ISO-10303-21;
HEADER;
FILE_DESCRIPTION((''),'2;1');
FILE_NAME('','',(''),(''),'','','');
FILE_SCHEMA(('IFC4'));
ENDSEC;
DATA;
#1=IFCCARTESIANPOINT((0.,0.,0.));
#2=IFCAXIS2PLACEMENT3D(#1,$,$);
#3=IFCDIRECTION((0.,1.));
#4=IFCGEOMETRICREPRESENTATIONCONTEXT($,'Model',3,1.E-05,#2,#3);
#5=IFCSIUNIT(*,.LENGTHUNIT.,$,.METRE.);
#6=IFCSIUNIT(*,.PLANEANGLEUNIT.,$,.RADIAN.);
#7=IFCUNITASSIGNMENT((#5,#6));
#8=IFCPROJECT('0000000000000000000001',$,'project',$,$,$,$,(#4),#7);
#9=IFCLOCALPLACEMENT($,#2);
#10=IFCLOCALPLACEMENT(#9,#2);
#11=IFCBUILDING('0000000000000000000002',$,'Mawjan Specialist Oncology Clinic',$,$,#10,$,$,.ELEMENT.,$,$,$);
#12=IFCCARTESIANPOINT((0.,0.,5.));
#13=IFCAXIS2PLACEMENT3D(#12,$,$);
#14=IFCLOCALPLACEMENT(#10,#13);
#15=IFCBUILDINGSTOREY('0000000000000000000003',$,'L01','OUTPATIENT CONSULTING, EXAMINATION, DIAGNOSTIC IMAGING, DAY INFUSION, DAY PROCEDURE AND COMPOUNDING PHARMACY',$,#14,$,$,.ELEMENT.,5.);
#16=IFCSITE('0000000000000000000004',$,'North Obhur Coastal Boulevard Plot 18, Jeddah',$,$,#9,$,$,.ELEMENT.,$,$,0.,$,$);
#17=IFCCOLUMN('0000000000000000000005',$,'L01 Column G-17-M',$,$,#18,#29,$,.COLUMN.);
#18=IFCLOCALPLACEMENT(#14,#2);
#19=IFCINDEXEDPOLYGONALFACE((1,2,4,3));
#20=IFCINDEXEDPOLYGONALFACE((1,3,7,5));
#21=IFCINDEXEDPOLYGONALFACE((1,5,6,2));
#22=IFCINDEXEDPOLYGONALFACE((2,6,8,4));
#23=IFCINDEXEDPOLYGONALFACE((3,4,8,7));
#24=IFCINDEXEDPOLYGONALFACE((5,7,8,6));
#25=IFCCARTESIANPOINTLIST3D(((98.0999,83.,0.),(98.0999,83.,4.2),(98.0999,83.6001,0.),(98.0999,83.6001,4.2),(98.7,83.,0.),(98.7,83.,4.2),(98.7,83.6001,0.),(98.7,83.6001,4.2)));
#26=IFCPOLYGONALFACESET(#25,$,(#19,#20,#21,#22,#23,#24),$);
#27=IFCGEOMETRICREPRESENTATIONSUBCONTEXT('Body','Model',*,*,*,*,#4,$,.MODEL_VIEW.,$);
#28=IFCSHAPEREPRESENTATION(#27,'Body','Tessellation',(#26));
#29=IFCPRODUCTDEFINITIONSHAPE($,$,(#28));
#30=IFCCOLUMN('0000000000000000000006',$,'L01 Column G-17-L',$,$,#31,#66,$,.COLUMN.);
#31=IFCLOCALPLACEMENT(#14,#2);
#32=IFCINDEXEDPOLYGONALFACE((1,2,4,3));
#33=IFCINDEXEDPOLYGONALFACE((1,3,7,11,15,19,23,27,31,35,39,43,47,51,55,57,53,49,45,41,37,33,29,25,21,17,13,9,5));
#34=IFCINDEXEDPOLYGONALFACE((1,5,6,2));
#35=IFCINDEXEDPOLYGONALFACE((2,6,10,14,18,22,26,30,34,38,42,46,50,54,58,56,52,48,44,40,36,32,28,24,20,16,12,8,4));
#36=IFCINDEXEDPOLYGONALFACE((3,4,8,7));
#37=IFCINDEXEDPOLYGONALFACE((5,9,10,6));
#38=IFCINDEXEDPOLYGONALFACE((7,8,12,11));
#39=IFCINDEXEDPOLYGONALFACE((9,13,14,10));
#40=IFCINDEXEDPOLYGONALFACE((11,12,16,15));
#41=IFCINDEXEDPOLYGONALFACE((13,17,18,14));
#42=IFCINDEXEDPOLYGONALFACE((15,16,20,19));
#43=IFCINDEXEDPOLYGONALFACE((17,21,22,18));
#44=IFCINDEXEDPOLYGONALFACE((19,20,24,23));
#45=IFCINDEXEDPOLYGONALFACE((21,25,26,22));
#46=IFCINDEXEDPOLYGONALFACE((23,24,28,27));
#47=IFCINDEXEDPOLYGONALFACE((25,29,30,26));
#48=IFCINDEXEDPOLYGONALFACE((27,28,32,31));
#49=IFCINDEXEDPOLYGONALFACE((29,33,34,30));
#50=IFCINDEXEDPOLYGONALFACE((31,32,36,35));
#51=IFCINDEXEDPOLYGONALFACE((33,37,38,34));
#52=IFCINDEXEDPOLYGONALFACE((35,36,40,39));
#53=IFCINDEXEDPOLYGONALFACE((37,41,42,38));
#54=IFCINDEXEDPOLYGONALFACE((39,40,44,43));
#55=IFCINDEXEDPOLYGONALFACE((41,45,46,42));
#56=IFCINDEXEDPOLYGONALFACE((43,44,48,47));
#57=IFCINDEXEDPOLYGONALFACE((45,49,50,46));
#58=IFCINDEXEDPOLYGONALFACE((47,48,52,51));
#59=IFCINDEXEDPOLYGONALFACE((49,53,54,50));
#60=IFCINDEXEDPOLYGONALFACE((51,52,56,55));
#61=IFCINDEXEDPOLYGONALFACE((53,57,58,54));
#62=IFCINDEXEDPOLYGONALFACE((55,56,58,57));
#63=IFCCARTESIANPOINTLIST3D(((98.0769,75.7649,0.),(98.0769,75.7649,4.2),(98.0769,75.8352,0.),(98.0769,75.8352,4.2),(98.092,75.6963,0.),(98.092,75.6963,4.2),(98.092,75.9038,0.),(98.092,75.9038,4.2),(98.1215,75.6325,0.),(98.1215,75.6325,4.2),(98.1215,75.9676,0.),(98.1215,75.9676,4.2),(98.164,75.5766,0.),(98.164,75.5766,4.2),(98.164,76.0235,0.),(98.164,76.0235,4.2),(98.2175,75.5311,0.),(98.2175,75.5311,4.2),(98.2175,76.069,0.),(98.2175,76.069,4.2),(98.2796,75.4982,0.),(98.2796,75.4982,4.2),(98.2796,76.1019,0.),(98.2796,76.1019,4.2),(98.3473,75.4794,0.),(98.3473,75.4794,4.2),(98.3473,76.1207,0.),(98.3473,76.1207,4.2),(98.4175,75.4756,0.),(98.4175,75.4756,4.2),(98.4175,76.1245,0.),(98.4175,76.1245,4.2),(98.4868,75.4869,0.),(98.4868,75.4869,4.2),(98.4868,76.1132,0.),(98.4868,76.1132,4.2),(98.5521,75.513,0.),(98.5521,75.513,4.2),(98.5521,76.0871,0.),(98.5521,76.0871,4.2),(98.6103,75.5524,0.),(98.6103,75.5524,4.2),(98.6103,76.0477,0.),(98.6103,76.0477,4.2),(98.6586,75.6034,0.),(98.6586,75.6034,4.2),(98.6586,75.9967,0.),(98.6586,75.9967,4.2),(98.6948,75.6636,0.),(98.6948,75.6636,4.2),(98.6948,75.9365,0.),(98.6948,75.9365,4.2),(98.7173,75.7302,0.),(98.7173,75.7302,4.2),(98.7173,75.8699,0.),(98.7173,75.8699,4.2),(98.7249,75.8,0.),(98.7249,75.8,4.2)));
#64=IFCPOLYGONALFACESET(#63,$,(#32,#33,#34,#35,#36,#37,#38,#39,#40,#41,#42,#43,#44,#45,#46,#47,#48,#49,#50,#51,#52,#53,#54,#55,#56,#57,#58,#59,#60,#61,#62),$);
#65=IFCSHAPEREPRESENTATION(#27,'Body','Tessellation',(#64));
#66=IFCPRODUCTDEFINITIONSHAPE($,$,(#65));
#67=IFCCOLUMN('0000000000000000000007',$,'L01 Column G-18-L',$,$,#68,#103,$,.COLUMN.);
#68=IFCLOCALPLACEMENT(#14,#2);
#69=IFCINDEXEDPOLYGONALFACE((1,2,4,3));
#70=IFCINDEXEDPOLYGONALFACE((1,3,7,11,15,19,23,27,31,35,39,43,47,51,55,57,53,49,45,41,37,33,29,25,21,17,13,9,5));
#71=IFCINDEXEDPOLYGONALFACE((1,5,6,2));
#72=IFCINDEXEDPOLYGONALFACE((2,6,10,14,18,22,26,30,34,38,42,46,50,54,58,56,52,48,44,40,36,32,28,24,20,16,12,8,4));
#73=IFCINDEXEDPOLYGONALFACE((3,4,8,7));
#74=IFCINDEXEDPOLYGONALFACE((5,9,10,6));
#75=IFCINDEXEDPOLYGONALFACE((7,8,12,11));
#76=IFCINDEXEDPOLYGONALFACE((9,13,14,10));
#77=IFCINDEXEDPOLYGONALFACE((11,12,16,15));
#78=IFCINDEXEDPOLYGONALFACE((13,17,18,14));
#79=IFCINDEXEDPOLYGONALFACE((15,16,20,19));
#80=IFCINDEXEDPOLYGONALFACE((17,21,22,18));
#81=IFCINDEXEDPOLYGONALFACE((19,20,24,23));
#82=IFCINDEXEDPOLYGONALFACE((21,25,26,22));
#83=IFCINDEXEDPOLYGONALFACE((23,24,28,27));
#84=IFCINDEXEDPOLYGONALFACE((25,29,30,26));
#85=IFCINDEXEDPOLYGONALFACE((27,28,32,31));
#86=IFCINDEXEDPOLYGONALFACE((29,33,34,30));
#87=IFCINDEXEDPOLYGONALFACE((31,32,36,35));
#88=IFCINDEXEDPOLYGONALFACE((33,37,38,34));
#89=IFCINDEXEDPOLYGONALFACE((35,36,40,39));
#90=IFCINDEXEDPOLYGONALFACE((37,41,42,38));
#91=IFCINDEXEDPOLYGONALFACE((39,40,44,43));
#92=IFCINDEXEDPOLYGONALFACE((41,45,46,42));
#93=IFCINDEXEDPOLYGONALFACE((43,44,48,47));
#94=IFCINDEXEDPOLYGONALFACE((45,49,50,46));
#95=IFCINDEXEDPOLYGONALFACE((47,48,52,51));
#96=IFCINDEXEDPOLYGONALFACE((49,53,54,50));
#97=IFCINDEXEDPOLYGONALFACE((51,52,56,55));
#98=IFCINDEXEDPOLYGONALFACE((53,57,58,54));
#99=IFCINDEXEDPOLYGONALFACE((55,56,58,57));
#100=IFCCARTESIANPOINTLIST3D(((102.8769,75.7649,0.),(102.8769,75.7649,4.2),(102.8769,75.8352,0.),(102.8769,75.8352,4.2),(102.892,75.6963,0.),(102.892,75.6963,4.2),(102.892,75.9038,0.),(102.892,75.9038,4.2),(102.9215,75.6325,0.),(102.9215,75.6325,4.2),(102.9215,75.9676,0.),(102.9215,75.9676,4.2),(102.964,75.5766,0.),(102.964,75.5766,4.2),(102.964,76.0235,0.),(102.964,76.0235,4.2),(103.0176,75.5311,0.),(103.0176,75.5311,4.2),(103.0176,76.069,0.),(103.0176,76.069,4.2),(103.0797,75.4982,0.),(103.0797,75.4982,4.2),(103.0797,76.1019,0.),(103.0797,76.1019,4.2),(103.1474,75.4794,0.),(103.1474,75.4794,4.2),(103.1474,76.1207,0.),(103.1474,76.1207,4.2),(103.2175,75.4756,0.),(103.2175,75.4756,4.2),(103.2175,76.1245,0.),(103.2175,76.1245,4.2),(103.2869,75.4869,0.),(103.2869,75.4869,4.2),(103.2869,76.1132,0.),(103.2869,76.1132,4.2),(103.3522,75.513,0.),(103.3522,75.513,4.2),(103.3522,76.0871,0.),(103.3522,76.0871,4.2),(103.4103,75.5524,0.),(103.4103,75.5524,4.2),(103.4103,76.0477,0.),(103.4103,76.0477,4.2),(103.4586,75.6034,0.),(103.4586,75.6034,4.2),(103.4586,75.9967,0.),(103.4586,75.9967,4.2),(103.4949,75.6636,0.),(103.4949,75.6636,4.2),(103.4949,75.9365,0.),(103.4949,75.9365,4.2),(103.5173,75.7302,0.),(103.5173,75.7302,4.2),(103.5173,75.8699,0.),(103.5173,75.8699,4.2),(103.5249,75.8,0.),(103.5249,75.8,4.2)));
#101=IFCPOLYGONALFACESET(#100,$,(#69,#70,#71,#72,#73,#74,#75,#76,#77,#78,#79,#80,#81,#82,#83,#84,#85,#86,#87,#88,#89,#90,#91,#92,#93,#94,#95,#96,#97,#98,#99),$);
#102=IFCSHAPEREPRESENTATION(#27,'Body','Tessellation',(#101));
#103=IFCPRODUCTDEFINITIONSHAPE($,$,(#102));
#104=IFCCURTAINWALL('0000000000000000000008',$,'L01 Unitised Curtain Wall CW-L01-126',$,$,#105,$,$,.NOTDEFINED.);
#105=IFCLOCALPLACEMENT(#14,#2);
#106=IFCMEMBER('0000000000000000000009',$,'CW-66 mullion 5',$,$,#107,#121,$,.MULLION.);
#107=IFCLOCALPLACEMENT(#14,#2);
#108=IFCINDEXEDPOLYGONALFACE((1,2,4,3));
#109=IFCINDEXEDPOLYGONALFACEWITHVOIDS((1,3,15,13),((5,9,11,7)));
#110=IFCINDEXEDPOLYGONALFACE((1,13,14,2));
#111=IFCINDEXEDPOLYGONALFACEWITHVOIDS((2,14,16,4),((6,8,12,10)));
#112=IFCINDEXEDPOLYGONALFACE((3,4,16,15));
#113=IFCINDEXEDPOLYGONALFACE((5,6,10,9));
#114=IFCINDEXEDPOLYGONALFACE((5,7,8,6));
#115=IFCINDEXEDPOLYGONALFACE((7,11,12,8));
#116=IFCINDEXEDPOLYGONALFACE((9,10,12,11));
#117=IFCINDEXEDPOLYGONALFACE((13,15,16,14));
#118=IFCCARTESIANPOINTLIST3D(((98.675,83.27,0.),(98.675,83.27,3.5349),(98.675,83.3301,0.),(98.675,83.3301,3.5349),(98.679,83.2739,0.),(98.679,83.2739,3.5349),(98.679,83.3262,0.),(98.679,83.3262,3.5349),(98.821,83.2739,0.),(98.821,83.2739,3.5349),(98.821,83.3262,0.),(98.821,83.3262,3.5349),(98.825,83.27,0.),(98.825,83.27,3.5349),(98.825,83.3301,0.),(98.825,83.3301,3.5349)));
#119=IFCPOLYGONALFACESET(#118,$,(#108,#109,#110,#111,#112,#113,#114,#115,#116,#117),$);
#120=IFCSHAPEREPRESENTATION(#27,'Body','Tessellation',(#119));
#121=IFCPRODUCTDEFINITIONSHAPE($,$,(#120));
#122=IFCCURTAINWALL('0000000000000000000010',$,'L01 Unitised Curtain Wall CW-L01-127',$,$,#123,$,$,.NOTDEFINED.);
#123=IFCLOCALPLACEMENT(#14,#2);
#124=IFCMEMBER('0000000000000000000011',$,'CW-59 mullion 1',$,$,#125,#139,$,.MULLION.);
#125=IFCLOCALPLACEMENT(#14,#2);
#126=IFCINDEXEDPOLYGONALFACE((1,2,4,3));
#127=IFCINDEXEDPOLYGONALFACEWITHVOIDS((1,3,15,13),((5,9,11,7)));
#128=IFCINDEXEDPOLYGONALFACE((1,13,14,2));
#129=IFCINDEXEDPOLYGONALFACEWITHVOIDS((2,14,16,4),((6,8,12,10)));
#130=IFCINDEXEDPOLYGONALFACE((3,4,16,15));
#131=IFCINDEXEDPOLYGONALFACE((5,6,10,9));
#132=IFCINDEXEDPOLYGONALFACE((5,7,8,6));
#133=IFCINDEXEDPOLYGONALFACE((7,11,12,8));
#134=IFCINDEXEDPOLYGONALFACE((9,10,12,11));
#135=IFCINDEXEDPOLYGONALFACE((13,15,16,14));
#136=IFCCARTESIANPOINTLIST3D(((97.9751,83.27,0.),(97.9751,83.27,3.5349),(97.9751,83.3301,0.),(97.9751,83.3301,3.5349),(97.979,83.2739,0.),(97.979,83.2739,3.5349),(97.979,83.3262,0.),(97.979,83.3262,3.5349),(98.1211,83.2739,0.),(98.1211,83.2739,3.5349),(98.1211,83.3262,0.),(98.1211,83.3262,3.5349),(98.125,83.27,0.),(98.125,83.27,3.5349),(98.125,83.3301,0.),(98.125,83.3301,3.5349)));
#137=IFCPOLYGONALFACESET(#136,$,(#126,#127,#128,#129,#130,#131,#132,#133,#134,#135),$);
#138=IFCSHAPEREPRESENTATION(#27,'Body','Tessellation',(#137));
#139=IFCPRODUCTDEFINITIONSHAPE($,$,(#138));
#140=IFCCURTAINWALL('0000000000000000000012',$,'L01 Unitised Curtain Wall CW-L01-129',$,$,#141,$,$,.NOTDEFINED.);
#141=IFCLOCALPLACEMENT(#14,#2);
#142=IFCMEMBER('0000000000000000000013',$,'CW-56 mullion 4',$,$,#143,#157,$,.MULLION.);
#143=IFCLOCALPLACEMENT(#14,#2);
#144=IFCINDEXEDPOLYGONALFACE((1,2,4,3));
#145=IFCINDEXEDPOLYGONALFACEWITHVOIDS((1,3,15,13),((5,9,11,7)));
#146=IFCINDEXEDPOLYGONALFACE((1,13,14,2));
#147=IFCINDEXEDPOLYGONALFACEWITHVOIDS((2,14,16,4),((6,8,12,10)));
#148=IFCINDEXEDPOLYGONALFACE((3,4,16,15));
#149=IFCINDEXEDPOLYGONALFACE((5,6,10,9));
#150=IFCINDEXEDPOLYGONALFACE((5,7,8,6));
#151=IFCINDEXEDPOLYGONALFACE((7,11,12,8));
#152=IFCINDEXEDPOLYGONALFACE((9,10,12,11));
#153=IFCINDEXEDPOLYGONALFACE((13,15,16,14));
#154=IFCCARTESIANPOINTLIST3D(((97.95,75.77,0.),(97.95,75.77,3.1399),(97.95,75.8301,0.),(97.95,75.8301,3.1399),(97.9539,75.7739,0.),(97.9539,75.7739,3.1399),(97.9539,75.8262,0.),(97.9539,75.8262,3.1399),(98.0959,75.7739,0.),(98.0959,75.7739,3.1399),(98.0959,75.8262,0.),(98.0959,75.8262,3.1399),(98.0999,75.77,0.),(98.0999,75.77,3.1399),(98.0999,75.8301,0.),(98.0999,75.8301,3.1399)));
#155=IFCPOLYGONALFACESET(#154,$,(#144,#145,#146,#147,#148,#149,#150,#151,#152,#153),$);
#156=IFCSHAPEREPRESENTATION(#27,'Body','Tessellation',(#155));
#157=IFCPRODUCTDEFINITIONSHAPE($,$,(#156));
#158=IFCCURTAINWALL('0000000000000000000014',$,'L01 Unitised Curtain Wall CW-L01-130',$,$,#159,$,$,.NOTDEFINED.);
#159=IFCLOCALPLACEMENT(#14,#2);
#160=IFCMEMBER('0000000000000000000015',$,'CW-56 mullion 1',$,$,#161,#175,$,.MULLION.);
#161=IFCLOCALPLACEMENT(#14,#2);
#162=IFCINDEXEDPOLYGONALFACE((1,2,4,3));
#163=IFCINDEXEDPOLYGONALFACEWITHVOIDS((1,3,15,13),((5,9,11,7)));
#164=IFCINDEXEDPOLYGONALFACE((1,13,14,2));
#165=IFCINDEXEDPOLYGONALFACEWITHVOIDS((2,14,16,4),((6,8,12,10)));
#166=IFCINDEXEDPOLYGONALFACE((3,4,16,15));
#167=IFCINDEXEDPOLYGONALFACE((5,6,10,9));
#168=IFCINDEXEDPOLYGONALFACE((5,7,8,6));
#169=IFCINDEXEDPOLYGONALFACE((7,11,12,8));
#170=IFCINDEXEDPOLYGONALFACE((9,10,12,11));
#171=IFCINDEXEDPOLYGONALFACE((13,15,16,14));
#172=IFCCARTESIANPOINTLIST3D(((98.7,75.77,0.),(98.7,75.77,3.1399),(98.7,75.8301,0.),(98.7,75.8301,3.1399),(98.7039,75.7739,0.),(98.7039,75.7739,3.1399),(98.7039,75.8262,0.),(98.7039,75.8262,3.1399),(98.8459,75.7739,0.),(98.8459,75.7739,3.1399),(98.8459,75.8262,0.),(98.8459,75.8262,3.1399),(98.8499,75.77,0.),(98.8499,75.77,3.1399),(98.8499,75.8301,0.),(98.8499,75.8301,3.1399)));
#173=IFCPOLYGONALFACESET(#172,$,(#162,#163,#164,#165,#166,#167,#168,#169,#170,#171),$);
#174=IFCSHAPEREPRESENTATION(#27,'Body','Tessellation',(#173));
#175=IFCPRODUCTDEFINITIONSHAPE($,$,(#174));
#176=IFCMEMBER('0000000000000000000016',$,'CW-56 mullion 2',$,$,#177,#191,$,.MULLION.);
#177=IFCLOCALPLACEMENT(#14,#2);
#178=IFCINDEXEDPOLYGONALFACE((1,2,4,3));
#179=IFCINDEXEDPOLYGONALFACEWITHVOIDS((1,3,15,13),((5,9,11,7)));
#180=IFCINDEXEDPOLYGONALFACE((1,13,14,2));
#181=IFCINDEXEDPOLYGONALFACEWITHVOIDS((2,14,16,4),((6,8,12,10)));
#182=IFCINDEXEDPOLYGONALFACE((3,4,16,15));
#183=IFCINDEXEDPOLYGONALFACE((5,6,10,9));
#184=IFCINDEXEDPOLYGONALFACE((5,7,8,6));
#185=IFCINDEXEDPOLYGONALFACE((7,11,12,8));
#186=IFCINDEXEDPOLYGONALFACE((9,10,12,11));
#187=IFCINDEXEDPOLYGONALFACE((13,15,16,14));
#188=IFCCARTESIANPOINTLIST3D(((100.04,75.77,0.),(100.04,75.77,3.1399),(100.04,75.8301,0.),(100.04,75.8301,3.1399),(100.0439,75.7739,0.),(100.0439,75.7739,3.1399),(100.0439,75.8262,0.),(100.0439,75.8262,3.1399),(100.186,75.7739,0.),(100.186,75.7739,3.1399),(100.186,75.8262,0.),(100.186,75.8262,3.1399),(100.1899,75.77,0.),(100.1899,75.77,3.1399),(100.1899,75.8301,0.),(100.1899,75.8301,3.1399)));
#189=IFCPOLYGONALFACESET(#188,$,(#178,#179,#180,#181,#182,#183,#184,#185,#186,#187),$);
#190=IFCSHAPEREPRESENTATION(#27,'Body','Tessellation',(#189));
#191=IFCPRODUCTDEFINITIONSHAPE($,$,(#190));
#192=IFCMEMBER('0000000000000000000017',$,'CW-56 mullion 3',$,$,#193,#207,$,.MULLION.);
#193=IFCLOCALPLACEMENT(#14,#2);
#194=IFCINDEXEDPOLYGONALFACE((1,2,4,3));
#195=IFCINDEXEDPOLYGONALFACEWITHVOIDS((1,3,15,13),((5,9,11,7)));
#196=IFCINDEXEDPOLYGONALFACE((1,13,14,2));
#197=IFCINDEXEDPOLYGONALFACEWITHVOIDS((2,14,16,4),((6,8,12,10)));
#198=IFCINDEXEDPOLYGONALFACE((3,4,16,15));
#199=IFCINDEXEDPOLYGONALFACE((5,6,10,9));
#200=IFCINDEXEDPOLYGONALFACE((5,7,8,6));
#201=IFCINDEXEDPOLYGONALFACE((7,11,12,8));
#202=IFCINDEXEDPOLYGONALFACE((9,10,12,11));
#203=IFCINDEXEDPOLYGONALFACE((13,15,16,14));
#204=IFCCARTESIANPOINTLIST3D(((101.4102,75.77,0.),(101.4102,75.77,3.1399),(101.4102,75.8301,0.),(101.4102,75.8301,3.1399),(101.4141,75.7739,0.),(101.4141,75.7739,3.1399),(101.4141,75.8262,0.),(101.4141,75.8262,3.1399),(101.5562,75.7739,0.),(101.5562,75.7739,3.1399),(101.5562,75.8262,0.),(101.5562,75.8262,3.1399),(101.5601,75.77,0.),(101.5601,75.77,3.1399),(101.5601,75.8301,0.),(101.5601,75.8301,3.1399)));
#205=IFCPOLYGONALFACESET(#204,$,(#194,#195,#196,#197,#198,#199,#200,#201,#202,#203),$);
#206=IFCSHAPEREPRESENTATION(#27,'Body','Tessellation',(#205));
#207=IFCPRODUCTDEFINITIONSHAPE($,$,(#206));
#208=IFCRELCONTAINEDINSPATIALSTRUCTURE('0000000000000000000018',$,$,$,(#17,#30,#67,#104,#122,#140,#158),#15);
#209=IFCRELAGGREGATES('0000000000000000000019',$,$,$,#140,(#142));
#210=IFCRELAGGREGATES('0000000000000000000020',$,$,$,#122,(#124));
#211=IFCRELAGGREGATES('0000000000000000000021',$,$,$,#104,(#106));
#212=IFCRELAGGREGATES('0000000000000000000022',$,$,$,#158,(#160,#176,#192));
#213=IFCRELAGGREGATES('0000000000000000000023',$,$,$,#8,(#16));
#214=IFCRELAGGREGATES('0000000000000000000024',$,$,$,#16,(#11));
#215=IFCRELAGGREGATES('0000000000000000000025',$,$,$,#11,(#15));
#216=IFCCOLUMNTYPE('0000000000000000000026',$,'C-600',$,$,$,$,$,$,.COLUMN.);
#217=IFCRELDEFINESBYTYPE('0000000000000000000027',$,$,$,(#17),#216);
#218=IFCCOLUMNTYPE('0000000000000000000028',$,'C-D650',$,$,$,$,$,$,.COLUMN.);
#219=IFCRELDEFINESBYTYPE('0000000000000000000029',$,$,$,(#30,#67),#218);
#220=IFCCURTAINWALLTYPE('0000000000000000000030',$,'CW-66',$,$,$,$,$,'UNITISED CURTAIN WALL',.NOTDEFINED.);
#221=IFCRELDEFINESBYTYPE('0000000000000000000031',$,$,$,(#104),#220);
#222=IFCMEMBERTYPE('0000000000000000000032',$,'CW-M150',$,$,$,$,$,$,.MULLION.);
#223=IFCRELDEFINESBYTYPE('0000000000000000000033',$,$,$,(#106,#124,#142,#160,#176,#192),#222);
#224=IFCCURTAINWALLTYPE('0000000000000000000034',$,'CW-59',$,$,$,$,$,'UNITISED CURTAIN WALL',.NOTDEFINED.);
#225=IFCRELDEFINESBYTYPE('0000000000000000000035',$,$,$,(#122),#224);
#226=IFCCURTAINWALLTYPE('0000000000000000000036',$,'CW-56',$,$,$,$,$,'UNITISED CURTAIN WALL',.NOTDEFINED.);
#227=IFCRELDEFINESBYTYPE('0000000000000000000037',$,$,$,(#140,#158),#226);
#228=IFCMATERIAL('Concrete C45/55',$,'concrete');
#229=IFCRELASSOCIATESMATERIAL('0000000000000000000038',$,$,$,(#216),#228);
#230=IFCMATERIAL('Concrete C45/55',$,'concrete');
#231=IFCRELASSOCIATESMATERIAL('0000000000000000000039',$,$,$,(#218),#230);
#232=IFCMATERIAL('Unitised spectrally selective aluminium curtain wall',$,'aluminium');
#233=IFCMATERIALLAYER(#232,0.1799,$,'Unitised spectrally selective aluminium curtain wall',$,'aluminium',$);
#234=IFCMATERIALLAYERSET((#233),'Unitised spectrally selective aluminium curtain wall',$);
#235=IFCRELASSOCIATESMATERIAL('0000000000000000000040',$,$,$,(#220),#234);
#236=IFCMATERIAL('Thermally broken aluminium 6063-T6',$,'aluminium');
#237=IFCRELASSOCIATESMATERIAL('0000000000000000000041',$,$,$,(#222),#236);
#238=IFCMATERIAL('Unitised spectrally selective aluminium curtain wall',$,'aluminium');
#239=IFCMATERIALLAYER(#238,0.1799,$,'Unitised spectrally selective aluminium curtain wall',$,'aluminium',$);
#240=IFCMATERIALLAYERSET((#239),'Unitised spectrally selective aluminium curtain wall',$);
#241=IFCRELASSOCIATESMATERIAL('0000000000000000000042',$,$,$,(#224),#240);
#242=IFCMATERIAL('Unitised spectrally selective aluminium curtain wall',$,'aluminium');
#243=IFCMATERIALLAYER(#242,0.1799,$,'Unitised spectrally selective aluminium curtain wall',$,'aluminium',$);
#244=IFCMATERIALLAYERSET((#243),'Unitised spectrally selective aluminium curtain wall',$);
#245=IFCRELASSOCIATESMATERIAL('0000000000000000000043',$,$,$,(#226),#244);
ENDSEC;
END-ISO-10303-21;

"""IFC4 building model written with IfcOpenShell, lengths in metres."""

from ifc_helpers import new_model, si_unit, direction, frame, origin, origin_2d, place, context, subcontext, project, spatial, rectangle, hollow_rectangle, circle, extrude, material, layer, layer_set, material_profile, profile_set, type_object, element, aggregate, save


model = new_model("IFC4")

# Units and contexts
model_context = context("Model", 3, precision=1e-05, world=origin(), true_north=direction((0.0, 1.0)))
body_context = subcontext(model_context, "Body", "Model", "MODEL_VIEW")
ifc_project = project(units=[si_unit("LENGTHUNIT", "METRE"), si_unit("PLANEANGLEUNIT", "RADIAN")], contexts=[model_context])

# Site, building, storey
site_placement = place(None, origin())
site = spatial("IfcSite", under=ifc_project, at=site_placement, Name="North Obhur Coastal Boulevard Plot 18, Jeddah", CompositionType="ELEMENT", RefElevation=0.0)
building_placement = place(site_placement, origin())
building = spatial("IfcBuilding", under=site, at=building_placement, Name="Mawjan Specialist Oncology Clinic", CompositionType="ELEMENT")
storey_placement = place(building_placement, frame((0.0, 0.0, 5.0)))
storey = spatial("IfcBuildingStorey", under=building, at=storey_placement, Name="L01", Description="OUTPATIENT CONSULTING, EXAMINATION, DIAGNOSTIC IMAGING, DAY INFUSION, DAY PROCEDURE AND COMPOUNDING PHARMACY", CompositionType="ELEMENT", Elevation=5.0)

# Columns
ifc_material_1 = material(Name="Concrete C45/55", Category="concrete")
ifc_material_profile_1 = material_profile(ifc_material_1, rectangle(XDim=0.6001, YDim=0.6001, at=origin_2d()), Name="RC COL 600x600", Category="concrete")
ifc_profile_set_1 = profile_set([ifc_material_profile_1], Name="Concrete C45/55")
column_type_1 = type_object("IfcColumnType", Name="C-600", PredefinedType="COLUMN", material=ifc_profile_set_1)
column_placement = place(storey_placement, frame((98.3999, 83.3, 0.0), z_axis=(0.0, 0.0, 1.0), x_axis=(1.0, 0.0, 0.0)))
element("IfcColumn", 1, at=column_placement, inside=storey, type_object=column_type_1, Name="L01 Column G-17-M", PredefinedType="COLUMN", context=body_context, shape_type="SweptSolid", body=[
    extrude(rectangle(XDim=0.6001, YDim=0.6001, at=origin_2d()), origin(), (0.0, 0.0, 1.0), 4.2),
])
ifc_material_2 = material(Name="Concrete C45/55", Category="concrete")
ifc_material_profile_2 = material_profile(ifc_material_2, circle(Radius=0.325, at=origin_2d()), Name="RC COL D650", Category="concrete")
ifc_profile_set_2 = profile_set([ifc_material_profile_2], Name="Concrete C45/55")
column_type_2 = type_object("IfcColumnType", Name="C-D650", PredefinedType="COLUMN", material=ifc_profile_set_2)
for number, where, z_axis, x_axis, name in (
    (2, (98.3999, 75.8, 0.0), (0.0, 0.0, 1.0), (1.0, 0.0, 0.0), "L01 Column G-17-L"),
    (3, (103.2, 75.8, 0.0), (0.0, 0.0, 1.0), (1.0, 0.0, 0.0), "L01 Column G-18-L"),
):
    element("IfcColumn", number, at=place(storey_placement, frame(where, z_axis=z_axis, x_axis=x_axis)), inside=storey, type_object=column_type_2, Name=name, PredefinedType="COLUMN", context=body_context, shape_type="SweptSolid", body=[
        extrude(circle(Radius=0.325, at=origin_2d()), origin(), (0.0, 0.0, 1.0), 4.2),
    ])

# Curtain walls, members
ifc_material_3 = material(Name="Unitised spectrally selective aluminium curtain wall", Category="aluminium")
ifc_layer_1 = layer(ifc_material_3, 0.1799, Name="Unitised spectrally selective aluminium curtain wall", Category="aluminium")
ifc_layer_set_1 = layer_set([ifc_layer_1], Name="Unitised spectrally selective aluminium curtain wall")
curtain_wall_type_1 = type_object("IfcCurtainWallType", Name="CW-66", ElementType="UNITISED CURTAIN WALL", PredefinedType="NOTDEFINED", material=ifc_layer_set_1)
curtain_wall_1_placement = place(storey_placement, origin())
curtain_wall_1 = element("IfcCurtainWall", 4, at=curtain_wall_1_placement, inside=storey, type_object=curtain_wall_type_1, Name="L01 Unitised Curtain Wall CW-L01-126", PredefinedType="NOTDEFINED")
ifc_material_4 = material(Name="Thermally broken aluminium 6063-T6", Category="aluminium")
ifc_material_profile_3 = material_profile(ifc_material_4, hollow_rectangle(XDim=0.0601, YDim=0.1499, WallThickness=0.0039, at=origin_2d()), Name="ALU MULLION 150x60x4", Category="aluminium")
ifc_profile_set_3 = profile_set([ifc_material_profile_3], Name="Thermally broken aluminium 6063-T6")
member_type_1 = type_object("IfcMemberType", Name="CW-M150", PredefinedType="MULLION", material=ifc_profile_set_3)
member_1_placement = place(storey_placement, frame((98.75, 83.3, 0.0), z_axis=(0.0, 0.0, 1.0), x_axis=(0.0, -1.0, 0.0)))
member_1 = element("IfcMember", 5, at=member_1_placement, type_object=member_type_1, Name="CW-66 mullion 5", PredefinedType="MULLION", context=body_context, shape_type="SweptSolid", body=[
    extrude(hollow_rectangle(XDim=0.0601, YDim=0.1499, WallThickness=0.0039, at=origin_2d()), origin(), (0.0, 0.0, 1.0), 3.5349),
])
ifc_material_5 = material(Name="Unitised spectrally selective aluminium curtain wall", Category="aluminium")
ifc_layer_2 = layer(ifc_material_5, 0.1799, Name="Unitised spectrally selective aluminium curtain wall", Category="aluminium")
ifc_layer_set_2 = layer_set([ifc_layer_2], Name="Unitised spectrally selective aluminium curtain wall")
curtain_wall_type_2 = type_object("IfcCurtainWallType", Name="CW-59", ElementType="UNITISED CURTAIN WALL", PredefinedType="NOTDEFINED", material=ifc_layer_set_2)
curtain_wall_2_placement = place(storey_placement, origin())
curtain_wall_2 = element("IfcCurtainWall", 6, at=curtain_wall_2_placement, inside=storey, type_object=curtain_wall_type_2, Name="L01 Unitised Curtain Wall CW-L01-127", PredefinedType="NOTDEFINED")
member_2_placement = place(storey_placement, frame((98.05, 83.3, 0.0), z_axis=(0.0, 0.0, 1.0), x_axis=(0.0, -1.0, 0.0)))
member_2 = element("IfcMember", 7, at=member_2_placement, type_object=member_type_1, Name="CW-59 mullion 1", PredefinedType="MULLION", context=body_context, shape_type="SweptSolid", body=[
    extrude(hollow_rectangle(XDim=0.0601, YDim=0.1499, WallThickness=0.0039, at=origin_2d()), origin(), (0.0, 0.0, 1.0), 3.5349),
])
ifc_material_6 = material(Name="Unitised spectrally selective aluminium curtain wall", Category="aluminium")
ifc_layer_3 = layer(ifc_material_6, 0.1799, Name="Unitised spectrally selective aluminium curtain wall", Category="aluminium")
ifc_layer_set_3 = layer_set([ifc_layer_3], Name="Unitised spectrally selective aluminium curtain wall")
curtain_wall_type_3 = type_object("IfcCurtainWallType", Name="CW-56", ElementType="UNITISED CURTAIN WALL", PredefinedType="NOTDEFINED", material=ifc_layer_set_3)
curtain_wall_3_placement = place(storey_placement, origin())
curtain_wall_3 = element("IfcCurtainWall", 8, at=curtain_wall_3_placement, inside=storey, type_object=curtain_wall_type_3, Name="L01 Unitised Curtain Wall CW-L01-129", PredefinedType="NOTDEFINED")
member_3_placement = place(storey_placement, frame((98.0249, 75.8, 0.0), z_axis=(0.0, 0.0, 1.0), x_axis=(0.0, 1.0, 0.0)))
member_3 = element("IfcMember", 9, at=member_3_placement, type_object=member_type_1, Name="CW-56 mullion 4", PredefinedType="MULLION", context=body_context, shape_type="SweptSolid", body=[
    extrude(hollow_rectangle(XDim=0.0601, YDim=0.1499, WallThickness=0.0039, at=origin_2d()), origin(), (0.0, 0.0, 1.0), 3.1399),
])
aggregate(curtain_wall_3, [member_3])

# Curtain wall, members
curtain_wall_4_placement = place(storey_placement, origin())
curtain_wall_4 = element("IfcCurtainWall", 10, at=curtain_wall_4_placement, inside=storey, type_object=curtain_wall_type_3, Name="L01 Unitised Curtain Wall CW-L01-130", PredefinedType="NOTDEFINED")
member_4_placement = place(storey_placement, frame((98.7749, 75.8, 0.0), z_axis=(0.0, 0.0, 1.0), x_axis=(0.0, 1.0, 0.0)))
member_4 = element("IfcMember", 11, at=member_4_placement, type_object=member_type_1, Name="CW-56 mullion 1", PredefinedType="MULLION", context=body_context, shape_type="SweptSolid", body=[
    extrude(hollow_rectangle(XDim=0.0601, YDim=0.1499, WallThickness=0.0039, at=origin_2d()), origin(), (0.0, 0.0, 1.0), 3.1399),
])
member_5_placement = place(storey_placement, frame((100.115, 75.8, 0.0), z_axis=(0.0, 0.0, 1.0), x_axis=(0.0, 1.0, 0.0)))
member_5 = element("IfcMember", 12, at=member_5_placement, type_object=member_type_1, Name="CW-56 mullion 2", PredefinedType="MULLION", context=body_context, shape_type="SweptSolid", body=[
    extrude(hollow_rectangle(XDim=0.0601, YDim=0.1499, WallThickness=0.0039, at=origin_2d()), origin(), (0.0, 0.0, 1.0), 3.1399),
])
member_6_placement = place(storey_placement, frame((101.4851, 75.8, 0.0), z_axis=(0.0, 0.0, 1.0), x_axis=(0.0, 1.0, 0.0)))
member_6 = element("IfcMember", 13, at=member_6_placement, type_object=member_type_1, Name="CW-56 mullion 3", PredefinedType="MULLION", context=body_context, shape_type="SweptSolid", body=[
    extrude(hollow_rectangle(XDim=0.0601, YDim=0.1499, WallThickness=0.0039, at=origin_2d()), origin(), (0.0, 0.0, 1.0), 3.1399),
])

aggregate(curtain_wall_2, [member_2])

aggregate(curtain_wall_1, [member_1])
aggregate(curtain_wall_4, [member_4, member_5, member_6])

save(model, "model.ifc")
